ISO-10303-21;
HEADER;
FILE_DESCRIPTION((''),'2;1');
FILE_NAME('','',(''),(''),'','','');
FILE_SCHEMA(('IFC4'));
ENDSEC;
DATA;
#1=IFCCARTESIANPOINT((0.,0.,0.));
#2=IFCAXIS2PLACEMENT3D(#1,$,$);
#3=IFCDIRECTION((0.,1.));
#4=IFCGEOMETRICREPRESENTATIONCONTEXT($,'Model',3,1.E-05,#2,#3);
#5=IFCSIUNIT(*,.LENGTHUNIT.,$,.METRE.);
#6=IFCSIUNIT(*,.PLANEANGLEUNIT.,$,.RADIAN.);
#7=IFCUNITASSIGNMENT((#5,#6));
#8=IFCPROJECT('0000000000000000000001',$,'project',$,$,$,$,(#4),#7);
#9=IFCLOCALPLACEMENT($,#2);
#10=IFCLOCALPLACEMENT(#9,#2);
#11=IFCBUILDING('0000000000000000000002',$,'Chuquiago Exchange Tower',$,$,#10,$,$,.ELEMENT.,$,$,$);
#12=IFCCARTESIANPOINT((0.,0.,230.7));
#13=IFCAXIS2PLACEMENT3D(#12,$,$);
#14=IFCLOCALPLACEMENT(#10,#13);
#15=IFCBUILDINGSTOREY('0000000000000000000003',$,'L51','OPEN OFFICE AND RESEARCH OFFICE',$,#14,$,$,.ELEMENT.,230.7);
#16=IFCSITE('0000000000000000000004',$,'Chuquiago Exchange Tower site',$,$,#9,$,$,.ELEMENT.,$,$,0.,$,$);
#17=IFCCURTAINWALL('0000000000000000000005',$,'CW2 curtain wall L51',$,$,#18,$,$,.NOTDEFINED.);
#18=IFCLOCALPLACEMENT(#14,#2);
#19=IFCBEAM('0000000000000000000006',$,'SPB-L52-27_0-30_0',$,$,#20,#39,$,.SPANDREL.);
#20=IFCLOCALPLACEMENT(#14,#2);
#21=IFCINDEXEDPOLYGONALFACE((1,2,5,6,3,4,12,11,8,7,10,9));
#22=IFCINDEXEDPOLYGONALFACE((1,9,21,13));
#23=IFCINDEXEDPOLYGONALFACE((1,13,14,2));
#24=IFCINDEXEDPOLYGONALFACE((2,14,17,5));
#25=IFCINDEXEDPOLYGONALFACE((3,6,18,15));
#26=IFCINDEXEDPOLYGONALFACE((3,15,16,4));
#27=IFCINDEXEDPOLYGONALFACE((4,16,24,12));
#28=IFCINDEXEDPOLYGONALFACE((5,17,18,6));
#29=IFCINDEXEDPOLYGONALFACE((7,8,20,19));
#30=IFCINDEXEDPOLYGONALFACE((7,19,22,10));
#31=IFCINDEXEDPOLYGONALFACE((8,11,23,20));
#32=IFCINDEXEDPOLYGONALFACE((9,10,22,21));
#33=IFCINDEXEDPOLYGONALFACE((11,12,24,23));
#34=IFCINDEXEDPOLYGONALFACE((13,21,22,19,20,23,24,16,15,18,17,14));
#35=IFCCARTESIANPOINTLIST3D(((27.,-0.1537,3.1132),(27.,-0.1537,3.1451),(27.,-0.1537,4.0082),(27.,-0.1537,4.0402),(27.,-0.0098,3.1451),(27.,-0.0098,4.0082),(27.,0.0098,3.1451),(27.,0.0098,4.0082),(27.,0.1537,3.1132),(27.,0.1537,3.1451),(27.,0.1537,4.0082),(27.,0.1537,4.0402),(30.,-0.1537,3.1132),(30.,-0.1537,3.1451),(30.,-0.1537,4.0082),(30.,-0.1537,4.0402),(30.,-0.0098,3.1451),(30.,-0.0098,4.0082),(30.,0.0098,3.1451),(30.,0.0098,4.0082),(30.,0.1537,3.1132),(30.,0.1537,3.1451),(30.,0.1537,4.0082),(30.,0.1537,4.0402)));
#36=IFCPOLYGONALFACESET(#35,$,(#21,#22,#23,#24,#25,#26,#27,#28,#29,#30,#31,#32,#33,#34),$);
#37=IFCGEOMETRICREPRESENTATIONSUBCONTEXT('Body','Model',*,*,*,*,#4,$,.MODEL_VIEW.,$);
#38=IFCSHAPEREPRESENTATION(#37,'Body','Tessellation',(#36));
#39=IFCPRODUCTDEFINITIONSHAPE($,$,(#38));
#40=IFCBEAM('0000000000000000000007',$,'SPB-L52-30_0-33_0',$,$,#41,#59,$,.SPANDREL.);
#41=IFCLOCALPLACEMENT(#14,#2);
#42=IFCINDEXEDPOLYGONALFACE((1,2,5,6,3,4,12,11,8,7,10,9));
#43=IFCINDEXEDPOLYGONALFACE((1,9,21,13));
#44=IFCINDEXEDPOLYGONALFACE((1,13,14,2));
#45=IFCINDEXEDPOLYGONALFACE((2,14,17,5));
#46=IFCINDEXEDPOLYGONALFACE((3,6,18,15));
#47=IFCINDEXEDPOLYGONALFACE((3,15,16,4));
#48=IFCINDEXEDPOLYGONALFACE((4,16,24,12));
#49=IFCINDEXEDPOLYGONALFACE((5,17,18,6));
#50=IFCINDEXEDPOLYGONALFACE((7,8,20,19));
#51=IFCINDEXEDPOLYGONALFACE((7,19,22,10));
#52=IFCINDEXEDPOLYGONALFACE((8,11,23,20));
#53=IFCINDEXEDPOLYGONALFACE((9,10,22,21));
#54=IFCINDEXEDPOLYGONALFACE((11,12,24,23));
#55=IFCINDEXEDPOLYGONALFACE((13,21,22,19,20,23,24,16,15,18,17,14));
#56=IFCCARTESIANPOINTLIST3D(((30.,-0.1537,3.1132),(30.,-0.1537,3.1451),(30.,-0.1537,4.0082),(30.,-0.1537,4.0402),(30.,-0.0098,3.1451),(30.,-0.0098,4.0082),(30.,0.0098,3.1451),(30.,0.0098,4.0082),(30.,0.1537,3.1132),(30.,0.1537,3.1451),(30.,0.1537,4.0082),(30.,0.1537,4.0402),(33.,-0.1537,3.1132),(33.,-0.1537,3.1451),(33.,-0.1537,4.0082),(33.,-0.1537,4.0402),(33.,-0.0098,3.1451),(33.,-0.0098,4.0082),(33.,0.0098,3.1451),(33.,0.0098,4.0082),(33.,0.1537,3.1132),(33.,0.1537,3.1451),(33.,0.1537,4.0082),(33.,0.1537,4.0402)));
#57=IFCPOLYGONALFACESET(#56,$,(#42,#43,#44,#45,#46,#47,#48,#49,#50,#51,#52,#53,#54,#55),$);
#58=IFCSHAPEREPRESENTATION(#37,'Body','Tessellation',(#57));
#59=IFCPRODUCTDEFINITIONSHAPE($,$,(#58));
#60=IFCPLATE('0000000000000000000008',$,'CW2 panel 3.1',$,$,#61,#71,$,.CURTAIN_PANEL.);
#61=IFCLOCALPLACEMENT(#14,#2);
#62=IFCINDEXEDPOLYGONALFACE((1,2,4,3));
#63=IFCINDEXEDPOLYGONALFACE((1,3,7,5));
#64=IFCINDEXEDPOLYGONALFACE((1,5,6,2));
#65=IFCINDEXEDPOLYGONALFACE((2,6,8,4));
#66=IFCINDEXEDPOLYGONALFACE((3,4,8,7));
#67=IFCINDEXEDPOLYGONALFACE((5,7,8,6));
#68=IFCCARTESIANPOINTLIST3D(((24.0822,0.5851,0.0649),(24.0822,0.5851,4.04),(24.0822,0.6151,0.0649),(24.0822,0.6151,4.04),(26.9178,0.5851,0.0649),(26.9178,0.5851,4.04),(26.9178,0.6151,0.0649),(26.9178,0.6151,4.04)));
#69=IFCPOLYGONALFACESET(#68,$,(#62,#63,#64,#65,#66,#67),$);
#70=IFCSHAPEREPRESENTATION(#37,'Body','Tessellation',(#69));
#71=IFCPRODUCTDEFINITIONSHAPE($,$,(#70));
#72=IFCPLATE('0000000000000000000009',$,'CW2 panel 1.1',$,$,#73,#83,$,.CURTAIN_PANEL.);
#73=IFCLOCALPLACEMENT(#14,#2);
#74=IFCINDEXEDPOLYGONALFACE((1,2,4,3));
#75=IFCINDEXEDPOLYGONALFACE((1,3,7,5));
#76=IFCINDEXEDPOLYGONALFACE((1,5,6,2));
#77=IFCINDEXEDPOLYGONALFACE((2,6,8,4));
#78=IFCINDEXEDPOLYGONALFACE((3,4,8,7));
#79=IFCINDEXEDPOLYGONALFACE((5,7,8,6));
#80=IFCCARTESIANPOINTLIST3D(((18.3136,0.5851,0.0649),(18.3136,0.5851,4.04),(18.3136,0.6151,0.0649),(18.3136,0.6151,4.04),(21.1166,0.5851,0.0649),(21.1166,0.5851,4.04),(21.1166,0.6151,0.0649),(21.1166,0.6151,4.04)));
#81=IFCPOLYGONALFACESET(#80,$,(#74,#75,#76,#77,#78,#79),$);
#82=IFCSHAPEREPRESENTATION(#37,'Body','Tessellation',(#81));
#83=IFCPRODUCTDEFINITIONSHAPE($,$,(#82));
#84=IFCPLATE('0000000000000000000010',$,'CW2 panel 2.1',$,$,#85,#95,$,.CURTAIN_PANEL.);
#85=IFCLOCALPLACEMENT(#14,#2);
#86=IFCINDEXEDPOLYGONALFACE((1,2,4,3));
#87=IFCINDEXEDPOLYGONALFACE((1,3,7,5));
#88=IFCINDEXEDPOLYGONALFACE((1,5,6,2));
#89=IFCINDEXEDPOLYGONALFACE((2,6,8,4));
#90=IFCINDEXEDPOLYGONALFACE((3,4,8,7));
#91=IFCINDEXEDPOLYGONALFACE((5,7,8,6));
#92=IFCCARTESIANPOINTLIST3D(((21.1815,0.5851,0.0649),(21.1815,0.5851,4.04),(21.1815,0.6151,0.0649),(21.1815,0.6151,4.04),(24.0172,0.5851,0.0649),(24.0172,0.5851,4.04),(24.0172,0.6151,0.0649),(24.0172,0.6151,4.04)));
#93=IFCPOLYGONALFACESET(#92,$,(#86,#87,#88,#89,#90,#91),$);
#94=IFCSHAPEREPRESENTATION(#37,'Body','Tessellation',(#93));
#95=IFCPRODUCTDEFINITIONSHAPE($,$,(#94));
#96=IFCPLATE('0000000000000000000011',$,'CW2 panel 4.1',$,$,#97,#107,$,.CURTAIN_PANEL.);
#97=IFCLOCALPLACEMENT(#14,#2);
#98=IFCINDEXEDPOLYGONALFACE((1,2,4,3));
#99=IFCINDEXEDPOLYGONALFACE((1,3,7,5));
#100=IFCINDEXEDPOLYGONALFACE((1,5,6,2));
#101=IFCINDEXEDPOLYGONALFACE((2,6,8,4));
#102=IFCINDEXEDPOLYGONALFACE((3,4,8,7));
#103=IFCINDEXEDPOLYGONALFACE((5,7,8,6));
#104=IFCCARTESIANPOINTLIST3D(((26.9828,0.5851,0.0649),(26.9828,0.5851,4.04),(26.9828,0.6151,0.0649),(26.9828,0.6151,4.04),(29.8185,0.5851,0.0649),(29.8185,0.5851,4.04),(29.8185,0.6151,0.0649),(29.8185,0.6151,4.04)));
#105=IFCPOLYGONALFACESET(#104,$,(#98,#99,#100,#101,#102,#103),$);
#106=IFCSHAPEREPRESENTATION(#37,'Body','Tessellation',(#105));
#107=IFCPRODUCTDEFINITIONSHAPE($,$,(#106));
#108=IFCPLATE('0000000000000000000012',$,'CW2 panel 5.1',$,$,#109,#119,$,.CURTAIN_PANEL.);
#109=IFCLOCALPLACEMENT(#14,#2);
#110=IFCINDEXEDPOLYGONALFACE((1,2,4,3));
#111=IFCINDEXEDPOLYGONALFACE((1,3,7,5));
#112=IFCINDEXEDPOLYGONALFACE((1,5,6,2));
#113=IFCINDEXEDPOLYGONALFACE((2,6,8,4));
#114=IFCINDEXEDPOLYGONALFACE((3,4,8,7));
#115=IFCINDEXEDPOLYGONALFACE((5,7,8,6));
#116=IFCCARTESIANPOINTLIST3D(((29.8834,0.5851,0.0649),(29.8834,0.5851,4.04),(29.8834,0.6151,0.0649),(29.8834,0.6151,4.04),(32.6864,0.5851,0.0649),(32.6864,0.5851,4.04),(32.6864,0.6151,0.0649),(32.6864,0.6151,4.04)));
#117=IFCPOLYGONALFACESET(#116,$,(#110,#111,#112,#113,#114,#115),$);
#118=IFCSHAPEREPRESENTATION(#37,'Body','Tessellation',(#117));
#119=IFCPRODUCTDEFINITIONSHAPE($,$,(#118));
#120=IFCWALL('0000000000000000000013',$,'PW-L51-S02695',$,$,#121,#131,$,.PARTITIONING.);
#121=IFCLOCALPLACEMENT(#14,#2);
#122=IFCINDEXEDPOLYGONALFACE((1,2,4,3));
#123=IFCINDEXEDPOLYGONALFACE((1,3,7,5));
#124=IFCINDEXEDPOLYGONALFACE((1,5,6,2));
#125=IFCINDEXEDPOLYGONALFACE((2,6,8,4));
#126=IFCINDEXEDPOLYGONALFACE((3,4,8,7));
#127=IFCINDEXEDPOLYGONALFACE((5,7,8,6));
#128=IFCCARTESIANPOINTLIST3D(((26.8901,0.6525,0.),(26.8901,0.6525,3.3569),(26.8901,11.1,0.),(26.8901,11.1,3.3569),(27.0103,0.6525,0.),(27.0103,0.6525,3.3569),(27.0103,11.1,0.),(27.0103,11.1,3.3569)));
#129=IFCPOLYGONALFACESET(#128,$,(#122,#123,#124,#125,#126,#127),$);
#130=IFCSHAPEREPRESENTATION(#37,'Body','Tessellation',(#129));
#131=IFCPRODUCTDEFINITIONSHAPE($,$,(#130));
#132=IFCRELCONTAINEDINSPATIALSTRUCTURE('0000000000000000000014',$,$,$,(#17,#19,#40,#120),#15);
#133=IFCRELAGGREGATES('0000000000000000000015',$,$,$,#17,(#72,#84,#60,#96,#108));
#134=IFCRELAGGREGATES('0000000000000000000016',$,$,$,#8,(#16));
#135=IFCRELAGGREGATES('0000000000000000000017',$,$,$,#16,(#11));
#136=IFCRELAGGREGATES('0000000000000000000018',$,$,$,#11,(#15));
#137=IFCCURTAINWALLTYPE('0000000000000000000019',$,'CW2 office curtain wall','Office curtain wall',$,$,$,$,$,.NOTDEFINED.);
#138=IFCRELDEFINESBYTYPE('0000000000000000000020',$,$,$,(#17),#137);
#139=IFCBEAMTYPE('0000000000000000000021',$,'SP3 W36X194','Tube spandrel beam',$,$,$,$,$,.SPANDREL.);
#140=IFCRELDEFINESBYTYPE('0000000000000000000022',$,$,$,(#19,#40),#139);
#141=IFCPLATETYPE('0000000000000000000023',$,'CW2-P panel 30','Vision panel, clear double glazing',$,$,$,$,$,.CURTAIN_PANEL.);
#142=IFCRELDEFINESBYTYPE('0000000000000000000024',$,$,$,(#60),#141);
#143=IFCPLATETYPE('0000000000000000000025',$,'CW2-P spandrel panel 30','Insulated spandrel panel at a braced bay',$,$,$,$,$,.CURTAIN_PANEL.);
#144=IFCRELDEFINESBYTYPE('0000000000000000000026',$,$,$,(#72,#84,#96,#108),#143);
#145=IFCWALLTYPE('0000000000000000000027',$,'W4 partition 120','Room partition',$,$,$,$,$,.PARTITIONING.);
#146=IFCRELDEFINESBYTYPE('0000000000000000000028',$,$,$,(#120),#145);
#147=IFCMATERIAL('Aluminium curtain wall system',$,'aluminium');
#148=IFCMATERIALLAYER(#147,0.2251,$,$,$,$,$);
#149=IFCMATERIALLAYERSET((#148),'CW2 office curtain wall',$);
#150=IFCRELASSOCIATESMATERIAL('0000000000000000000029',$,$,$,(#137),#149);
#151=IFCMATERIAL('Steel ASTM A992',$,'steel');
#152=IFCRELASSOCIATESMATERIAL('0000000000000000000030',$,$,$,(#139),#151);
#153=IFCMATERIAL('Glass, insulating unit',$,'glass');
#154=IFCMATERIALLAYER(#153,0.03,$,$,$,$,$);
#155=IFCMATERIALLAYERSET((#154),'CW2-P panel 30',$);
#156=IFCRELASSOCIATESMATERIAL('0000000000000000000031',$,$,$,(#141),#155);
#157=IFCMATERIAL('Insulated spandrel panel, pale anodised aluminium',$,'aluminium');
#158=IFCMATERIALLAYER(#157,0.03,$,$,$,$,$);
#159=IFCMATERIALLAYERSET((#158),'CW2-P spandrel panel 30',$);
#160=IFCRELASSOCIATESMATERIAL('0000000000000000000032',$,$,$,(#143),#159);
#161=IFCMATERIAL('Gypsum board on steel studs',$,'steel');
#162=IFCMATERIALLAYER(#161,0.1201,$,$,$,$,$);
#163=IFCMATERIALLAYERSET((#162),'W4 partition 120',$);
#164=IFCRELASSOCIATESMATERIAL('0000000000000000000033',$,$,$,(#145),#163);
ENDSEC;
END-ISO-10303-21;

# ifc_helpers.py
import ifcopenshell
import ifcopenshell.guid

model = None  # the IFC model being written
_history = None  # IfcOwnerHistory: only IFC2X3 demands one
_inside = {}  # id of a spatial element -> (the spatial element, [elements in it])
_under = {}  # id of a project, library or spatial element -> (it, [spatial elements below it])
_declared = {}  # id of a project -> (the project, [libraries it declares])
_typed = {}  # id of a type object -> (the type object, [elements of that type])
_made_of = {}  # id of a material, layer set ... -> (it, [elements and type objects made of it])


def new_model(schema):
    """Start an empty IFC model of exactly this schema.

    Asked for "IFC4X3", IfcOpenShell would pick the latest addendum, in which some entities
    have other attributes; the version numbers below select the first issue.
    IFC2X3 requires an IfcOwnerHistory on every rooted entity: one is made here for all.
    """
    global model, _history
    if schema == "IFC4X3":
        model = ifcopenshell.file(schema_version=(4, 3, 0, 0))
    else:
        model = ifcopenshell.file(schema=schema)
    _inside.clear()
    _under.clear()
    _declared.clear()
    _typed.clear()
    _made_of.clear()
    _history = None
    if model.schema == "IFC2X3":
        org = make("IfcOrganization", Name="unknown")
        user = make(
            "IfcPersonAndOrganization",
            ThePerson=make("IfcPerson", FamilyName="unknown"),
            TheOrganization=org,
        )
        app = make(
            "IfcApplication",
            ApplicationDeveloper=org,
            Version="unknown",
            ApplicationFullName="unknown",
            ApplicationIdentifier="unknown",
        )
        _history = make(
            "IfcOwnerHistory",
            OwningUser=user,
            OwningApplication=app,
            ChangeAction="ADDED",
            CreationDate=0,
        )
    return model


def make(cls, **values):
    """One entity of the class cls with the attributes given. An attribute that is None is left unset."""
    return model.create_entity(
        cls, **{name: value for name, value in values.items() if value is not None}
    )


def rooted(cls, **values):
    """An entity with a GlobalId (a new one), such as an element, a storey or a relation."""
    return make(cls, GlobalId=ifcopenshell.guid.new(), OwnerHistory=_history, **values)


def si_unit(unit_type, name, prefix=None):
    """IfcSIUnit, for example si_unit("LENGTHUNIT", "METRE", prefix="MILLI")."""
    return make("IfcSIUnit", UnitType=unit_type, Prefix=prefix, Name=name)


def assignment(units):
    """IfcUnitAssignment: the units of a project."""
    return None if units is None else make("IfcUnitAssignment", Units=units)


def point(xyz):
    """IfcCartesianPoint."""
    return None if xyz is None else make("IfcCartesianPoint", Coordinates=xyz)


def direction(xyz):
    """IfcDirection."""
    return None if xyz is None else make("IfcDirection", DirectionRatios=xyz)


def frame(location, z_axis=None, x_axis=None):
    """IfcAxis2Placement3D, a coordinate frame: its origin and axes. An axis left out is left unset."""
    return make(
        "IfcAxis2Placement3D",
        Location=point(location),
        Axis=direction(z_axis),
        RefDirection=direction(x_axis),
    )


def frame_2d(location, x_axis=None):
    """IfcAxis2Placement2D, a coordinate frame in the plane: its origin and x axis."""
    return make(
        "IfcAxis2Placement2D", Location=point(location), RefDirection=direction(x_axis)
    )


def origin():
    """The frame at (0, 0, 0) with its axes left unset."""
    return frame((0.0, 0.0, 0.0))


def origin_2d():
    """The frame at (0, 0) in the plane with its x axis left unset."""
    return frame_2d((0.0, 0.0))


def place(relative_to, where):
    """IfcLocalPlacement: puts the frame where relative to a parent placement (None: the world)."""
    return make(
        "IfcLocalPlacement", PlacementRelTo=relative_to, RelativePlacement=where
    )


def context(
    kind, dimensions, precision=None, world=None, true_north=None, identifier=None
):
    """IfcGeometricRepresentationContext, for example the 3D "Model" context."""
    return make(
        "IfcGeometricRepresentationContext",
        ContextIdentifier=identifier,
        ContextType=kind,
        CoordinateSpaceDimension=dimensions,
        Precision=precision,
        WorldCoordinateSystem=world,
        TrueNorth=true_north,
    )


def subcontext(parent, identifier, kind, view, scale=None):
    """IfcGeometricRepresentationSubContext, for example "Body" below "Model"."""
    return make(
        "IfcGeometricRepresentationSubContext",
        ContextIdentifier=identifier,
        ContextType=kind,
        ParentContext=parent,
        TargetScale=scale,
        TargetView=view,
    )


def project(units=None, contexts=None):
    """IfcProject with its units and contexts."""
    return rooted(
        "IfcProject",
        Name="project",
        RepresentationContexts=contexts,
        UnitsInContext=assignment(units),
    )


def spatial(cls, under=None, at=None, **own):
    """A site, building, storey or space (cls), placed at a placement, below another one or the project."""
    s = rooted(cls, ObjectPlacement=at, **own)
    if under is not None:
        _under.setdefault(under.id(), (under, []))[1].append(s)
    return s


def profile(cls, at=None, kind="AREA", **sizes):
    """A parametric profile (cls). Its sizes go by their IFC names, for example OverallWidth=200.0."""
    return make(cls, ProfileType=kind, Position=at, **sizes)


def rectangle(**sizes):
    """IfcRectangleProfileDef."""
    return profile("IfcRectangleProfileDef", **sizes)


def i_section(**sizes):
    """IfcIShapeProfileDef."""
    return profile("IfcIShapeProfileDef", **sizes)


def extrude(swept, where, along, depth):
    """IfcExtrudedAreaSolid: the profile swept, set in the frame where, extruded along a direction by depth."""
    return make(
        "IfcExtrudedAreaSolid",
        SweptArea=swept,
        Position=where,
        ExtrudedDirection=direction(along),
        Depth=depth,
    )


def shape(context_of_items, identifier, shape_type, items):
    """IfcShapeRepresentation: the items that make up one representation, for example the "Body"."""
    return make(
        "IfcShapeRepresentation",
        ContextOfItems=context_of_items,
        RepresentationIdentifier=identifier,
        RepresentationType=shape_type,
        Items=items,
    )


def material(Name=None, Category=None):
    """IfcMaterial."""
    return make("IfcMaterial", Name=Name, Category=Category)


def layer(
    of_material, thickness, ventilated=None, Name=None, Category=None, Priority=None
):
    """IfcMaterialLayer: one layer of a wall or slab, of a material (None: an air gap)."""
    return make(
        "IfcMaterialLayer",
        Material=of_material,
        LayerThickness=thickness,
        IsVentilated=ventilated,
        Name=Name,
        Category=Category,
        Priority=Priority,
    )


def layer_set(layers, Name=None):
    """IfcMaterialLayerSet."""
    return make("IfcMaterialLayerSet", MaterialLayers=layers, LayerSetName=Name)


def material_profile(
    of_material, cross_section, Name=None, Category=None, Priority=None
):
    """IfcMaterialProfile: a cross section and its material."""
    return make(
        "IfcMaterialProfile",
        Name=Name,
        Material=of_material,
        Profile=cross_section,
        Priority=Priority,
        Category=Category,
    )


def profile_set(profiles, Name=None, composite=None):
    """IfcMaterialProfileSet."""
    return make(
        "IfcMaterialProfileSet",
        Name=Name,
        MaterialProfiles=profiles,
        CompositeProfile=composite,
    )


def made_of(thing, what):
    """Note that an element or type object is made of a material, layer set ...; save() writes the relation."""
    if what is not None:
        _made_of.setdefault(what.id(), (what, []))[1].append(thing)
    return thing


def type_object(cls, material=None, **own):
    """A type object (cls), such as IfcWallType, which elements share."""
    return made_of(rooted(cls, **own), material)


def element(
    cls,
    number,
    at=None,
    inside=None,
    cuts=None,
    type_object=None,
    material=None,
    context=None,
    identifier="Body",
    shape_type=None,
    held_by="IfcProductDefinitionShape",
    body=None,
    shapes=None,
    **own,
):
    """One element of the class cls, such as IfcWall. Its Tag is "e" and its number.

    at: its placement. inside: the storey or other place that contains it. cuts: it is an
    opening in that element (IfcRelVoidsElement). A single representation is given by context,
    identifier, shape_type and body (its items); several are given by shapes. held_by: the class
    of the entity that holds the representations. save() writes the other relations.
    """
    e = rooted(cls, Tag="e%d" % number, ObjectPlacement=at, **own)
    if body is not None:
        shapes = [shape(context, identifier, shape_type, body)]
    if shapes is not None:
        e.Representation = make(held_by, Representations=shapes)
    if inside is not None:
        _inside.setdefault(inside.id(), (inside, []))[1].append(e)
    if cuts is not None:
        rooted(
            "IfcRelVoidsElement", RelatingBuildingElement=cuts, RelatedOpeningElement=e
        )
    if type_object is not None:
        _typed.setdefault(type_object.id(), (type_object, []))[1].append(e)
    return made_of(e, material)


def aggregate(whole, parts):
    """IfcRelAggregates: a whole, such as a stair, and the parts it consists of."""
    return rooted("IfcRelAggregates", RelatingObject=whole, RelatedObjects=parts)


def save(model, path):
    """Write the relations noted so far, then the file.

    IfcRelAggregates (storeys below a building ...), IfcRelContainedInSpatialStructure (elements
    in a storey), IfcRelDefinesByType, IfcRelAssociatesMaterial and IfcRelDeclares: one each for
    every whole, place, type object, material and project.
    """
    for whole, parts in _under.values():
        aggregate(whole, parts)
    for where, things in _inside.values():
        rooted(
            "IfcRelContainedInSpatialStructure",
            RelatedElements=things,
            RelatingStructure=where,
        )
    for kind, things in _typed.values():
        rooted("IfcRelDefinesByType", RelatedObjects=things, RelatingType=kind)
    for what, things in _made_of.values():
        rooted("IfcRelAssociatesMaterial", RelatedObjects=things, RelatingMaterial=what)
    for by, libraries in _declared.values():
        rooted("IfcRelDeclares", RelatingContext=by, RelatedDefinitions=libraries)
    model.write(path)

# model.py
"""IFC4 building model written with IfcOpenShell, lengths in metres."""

from ifc_helpers import new_model, si_unit, direction, frame, frame_2d, origin, origin_2d, place, context, subcontext, project, spatial, rectangle, i_section, extrude, material, layer, layer_set, material_profile, profile_set, type_object, element, aggregate, save


model = new_model("IFC4")

# Units and contexts
model_context = context("Model", 3, precision=1e-05, world=origin(), true_north=direction((0.0, 1.0)))
body_context = subcontext(model_context, "Body", "Model", "MODEL_VIEW")
ifc_project = project(units=[si_unit("LENGTHUNIT", "METRE"), si_unit("PLANEANGLEUNIT", "RADIAN")], contexts=[model_context])

# Site, building, storey
site_placement = place(None, origin())
site = spatial("IfcSite", under=ifc_project, at=site_placement, Name="Chuquiago Exchange Tower site", CompositionType="ELEMENT", RefElevation=0.0)
building_placement = place(site_placement, origin())
building = spatial("IfcBuilding", under=site, at=building_placement, Name="Chuquiago Exchange Tower", CompositionType="ELEMENT")
storey_placement = place(building_placement, frame((0.0, 0.0, 230.7)))
storey = spatial("IfcBuildingStorey", under=building, at=storey_placement, Name="L51", Description="OPEN OFFICE AND RESEARCH OFFICE", CompositionType="ELEMENT", Elevation=230.7)

# Curtain wall
ifc_material_1 = material(Name="Aluminium curtain wall system", Category="aluminium")
ifc_layer_1 = layer(ifc_material_1, 0.2251)
ifc_layer_set_1 = layer_set([ifc_layer_1], Name="CW2 office curtain wall")
curtain_wall_type_1 = type_object("IfcCurtainWallType", Name="CW2 office curtain wall", Description="Office curtain wall", PredefinedType="NOTDEFINED", material=ifc_layer_set_1)
curtain_wall_1_placement = place(storey_placement, origin())
curtain_wall_1 = element("IfcCurtainWall", 1, at=curtain_wall_1_placement, inside=storey, type_object=curtain_wall_type_1, Name="CW2 curtain wall L51", PredefinedType="NOTDEFINED")

# Beams
ifc_material_2 = material(Name="Steel ASTM A992", Category="steel")
ifc_material_profile_1 = material_profile(ifc_material_2, i_section(OverallWidth=0.3074, OverallDepth=0.927, WebThickness=0.0195, FlangeThickness=0.032, at=origin_2d()), Name="W36X194")
ifc_profile_set_1 = profile_set([ifc_material_profile_1], Name="Steel ASTM A992")
beam_type = type_object("IfcBeamType", Name="SP3 W36X194", Description="Tube spandrel beam", PredefinedType="SPANDREL", material=ifc_profile_set_1)
for number, where, z_axis, x_axis, name in (
    (2, (27.0, 0.0, 3.5767), (1.0, 0.0, 0.0), (0.0, 1.0, 0.0), "SPB-L52-27_0-30_0"),
    (3, (30.0, 0.0, 3.5767), (1.0, 0.0, 0.0), (0.0, 1.0, 0.0), "SPB-L52-30_0-33_0"),
):
    element("IfcBeam", number, at=place(storey_placement, frame(where, z_axis=z_axis, x_axis=x_axis)), inside=storey, type_object=beam_type, Name=name, PredefinedType="SPANDREL", context=body_context, shape_type="SweptSolid", body=[
        extrude(i_section(OverallWidth=0.3074, OverallDepth=0.927, WebThickness=0.0195, FlangeThickness=0.032, at=origin_2d()), origin(), (0.0, 0.0, 1.0), 3.0),
    ])

# Plates
ifc_material_3 = material(Name="Glass, insulating unit", Category="glass")
ifc_layer_2 = layer(ifc_material_3, 0.03)
ifc_layer_set_2 = layer_set([ifc_layer_2], Name="CW2-P panel 30")
plate_type_1 = type_object("IfcPlateType", Name="CW2-P panel 30", Description="Vision panel, clear double glazing", PredefinedType="CURTAIN_PANEL", material=ifc_layer_set_2)
plate_1_placement = place(storey_placement, frame((25.5, 0.6001, 0.0649), z_axis=(0.0, 0.0, 1.0), x_axis=(1.0, 0.0, 0.0)))
plate_1 = element("IfcPlate", 4, at=plate_1_placement, type_object=plate_type_1, Name="CW2 panel 3.1", PredefinedType="CURTAIN_PANEL", context=body_context, shape_type="SweptSolid", body=[
    extrude(rectangle(XDim=2.8357, YDim=0.03, at=origin_2d()), origin(), (0.0, 0.0, 1.0), 3.9751),
])
ifc_material_4 = material(Name="Insulated spandrel panel, pale anodised aluminium", Category="aluminium")
ifc_layer_3 = layer(ifc_material_4, 0.03)
ifc_layer_set_3 = layer_set([ifc_layer_3], Name="CW2-P spandrel panel 30")
plate_type_2 = type_object("IfcPlateType", Name="CW2-P spandrel panel 30", Description="Insulated spandrel panel at a braced bay", PredefinedType="CURTAIN_PANEL", material=ifc_layer_set_3)
plate_2_placement = place(storey_placement, frame((19.7151, 0.6001, 0.0649), z_axis=(0.0, 0.0, 1.0), x_axis=(1.0, 0.0, 0.0)))
plate_2 = element("IfcPlate", 5, at=plate_2_placement, type_object=plate_type_2, Name="CW2 panel 1.1", PredefinedType="CURTAIN_PANEL", context=body_context, shape_type="SweptSolid", body=[
    extrude(rectangle(XDim=2.803, YDim=0.03, at=origin_2d()), origin(), (0.0, 0.0, 1.0), 3.9751),
])
plate_3_placement = place(storey_placement, frame((22.5994, 0.6001, 0.0649), z_axis=(0.0, 0.0, 1.0), x_axis=(1.0, 0.0, 0.0)))
plate_3 = element("IfcPlate", 6, at=plate_3_placement, type_object=plate_type_2, Name="CW2 panel 2.1", PredefinedType="CURTAIN_PANEL", context=body_context, shape_type="SweptSolid", body=[
    extrude(rectangle(XDim=2.8357, YDim=0.03, at=origin_2d()), origin(), (0.0, 0.0, 1.0), 3.9751),
])
plate_4_placement = place(storey_placement, frame((28.4006, 0.6001, 0.0649), z_axis=(0.0, 0.0, 1.0), x_axis=(1.0, 0.0, 0.0)))
plate_4 = element("IfcPlate", 7, at=plate_4_placement, type_object=plate_type_2, Name="CW2 panel 4.1", PredefinedType="CURTAIN_PANEL", context=body_context, shape_type="SweptSolid", body=[
    extrude(rectangle(XDim=2.8357, YDim=0.03, at=origin_2d()), origin(), (0.0, 0.0, 1.0), 3.9751),
])
plate_5_placement = place(storey_placement, frame((31.2849, 0.6001, 0.0649), z_axis=(0.0, 0.0, 1.0), x_axis=(1.0, 0.0, 0.0)))
plate_5 = element("IfcPlate", 8, at=plate_5_placement, type_object=plate_type_2, Name="CW2 panel 5.1", PredefinedType="CURTAIN_PANEL", context=body_context, shape_type="SweptSolid", body=[
    extrude(rectangle(XDim=2.803, YDim=0.03, at=origin_2d()), origin(), (0.0, 0.0, 1.0), 3.9751),
])
aggregate(curtain_wall_1, [plate_2, plate_3, plate_1, plate_4, plate_5])

# Wall
ifc_material_5 = material(Name="Gypsum board on steel studs", Category="steel")
ifc_layer_4 = layer(ifc_material_5, 0.1201)
ifc_layer_set_4 = layer_set([ifc_layer_4], Name="W4 partition 120")
wall_type = type_object("IfcWallType", Name="W4 partition 120", Description="Room partition", PredefinedType="PARTITIONING", material=ifc_layer_set_4)
wall_placement = place(storey_placement, frame((26.9502, 0.6526, 0.0), z_axis=(0.0, 0.0, 1.0), x_axis=(0.0, 1.0, 0.0)))
element("IfcWall", 9, at=wall_placement, inside=storey, type_object=wall_type, Name="PW-L51-S02695", PredefinedType="PARTITIONING", context=body_context, shape_type="SweptSolid", body=[
    extrude(rectangle(XDim=10.4475, YDim=0.1201, at=frame_2d((5.2236, 0.0))), origin(), (0.0, 0.0, 1.0), 3.3569),
])

save(model, "model.ifc")
